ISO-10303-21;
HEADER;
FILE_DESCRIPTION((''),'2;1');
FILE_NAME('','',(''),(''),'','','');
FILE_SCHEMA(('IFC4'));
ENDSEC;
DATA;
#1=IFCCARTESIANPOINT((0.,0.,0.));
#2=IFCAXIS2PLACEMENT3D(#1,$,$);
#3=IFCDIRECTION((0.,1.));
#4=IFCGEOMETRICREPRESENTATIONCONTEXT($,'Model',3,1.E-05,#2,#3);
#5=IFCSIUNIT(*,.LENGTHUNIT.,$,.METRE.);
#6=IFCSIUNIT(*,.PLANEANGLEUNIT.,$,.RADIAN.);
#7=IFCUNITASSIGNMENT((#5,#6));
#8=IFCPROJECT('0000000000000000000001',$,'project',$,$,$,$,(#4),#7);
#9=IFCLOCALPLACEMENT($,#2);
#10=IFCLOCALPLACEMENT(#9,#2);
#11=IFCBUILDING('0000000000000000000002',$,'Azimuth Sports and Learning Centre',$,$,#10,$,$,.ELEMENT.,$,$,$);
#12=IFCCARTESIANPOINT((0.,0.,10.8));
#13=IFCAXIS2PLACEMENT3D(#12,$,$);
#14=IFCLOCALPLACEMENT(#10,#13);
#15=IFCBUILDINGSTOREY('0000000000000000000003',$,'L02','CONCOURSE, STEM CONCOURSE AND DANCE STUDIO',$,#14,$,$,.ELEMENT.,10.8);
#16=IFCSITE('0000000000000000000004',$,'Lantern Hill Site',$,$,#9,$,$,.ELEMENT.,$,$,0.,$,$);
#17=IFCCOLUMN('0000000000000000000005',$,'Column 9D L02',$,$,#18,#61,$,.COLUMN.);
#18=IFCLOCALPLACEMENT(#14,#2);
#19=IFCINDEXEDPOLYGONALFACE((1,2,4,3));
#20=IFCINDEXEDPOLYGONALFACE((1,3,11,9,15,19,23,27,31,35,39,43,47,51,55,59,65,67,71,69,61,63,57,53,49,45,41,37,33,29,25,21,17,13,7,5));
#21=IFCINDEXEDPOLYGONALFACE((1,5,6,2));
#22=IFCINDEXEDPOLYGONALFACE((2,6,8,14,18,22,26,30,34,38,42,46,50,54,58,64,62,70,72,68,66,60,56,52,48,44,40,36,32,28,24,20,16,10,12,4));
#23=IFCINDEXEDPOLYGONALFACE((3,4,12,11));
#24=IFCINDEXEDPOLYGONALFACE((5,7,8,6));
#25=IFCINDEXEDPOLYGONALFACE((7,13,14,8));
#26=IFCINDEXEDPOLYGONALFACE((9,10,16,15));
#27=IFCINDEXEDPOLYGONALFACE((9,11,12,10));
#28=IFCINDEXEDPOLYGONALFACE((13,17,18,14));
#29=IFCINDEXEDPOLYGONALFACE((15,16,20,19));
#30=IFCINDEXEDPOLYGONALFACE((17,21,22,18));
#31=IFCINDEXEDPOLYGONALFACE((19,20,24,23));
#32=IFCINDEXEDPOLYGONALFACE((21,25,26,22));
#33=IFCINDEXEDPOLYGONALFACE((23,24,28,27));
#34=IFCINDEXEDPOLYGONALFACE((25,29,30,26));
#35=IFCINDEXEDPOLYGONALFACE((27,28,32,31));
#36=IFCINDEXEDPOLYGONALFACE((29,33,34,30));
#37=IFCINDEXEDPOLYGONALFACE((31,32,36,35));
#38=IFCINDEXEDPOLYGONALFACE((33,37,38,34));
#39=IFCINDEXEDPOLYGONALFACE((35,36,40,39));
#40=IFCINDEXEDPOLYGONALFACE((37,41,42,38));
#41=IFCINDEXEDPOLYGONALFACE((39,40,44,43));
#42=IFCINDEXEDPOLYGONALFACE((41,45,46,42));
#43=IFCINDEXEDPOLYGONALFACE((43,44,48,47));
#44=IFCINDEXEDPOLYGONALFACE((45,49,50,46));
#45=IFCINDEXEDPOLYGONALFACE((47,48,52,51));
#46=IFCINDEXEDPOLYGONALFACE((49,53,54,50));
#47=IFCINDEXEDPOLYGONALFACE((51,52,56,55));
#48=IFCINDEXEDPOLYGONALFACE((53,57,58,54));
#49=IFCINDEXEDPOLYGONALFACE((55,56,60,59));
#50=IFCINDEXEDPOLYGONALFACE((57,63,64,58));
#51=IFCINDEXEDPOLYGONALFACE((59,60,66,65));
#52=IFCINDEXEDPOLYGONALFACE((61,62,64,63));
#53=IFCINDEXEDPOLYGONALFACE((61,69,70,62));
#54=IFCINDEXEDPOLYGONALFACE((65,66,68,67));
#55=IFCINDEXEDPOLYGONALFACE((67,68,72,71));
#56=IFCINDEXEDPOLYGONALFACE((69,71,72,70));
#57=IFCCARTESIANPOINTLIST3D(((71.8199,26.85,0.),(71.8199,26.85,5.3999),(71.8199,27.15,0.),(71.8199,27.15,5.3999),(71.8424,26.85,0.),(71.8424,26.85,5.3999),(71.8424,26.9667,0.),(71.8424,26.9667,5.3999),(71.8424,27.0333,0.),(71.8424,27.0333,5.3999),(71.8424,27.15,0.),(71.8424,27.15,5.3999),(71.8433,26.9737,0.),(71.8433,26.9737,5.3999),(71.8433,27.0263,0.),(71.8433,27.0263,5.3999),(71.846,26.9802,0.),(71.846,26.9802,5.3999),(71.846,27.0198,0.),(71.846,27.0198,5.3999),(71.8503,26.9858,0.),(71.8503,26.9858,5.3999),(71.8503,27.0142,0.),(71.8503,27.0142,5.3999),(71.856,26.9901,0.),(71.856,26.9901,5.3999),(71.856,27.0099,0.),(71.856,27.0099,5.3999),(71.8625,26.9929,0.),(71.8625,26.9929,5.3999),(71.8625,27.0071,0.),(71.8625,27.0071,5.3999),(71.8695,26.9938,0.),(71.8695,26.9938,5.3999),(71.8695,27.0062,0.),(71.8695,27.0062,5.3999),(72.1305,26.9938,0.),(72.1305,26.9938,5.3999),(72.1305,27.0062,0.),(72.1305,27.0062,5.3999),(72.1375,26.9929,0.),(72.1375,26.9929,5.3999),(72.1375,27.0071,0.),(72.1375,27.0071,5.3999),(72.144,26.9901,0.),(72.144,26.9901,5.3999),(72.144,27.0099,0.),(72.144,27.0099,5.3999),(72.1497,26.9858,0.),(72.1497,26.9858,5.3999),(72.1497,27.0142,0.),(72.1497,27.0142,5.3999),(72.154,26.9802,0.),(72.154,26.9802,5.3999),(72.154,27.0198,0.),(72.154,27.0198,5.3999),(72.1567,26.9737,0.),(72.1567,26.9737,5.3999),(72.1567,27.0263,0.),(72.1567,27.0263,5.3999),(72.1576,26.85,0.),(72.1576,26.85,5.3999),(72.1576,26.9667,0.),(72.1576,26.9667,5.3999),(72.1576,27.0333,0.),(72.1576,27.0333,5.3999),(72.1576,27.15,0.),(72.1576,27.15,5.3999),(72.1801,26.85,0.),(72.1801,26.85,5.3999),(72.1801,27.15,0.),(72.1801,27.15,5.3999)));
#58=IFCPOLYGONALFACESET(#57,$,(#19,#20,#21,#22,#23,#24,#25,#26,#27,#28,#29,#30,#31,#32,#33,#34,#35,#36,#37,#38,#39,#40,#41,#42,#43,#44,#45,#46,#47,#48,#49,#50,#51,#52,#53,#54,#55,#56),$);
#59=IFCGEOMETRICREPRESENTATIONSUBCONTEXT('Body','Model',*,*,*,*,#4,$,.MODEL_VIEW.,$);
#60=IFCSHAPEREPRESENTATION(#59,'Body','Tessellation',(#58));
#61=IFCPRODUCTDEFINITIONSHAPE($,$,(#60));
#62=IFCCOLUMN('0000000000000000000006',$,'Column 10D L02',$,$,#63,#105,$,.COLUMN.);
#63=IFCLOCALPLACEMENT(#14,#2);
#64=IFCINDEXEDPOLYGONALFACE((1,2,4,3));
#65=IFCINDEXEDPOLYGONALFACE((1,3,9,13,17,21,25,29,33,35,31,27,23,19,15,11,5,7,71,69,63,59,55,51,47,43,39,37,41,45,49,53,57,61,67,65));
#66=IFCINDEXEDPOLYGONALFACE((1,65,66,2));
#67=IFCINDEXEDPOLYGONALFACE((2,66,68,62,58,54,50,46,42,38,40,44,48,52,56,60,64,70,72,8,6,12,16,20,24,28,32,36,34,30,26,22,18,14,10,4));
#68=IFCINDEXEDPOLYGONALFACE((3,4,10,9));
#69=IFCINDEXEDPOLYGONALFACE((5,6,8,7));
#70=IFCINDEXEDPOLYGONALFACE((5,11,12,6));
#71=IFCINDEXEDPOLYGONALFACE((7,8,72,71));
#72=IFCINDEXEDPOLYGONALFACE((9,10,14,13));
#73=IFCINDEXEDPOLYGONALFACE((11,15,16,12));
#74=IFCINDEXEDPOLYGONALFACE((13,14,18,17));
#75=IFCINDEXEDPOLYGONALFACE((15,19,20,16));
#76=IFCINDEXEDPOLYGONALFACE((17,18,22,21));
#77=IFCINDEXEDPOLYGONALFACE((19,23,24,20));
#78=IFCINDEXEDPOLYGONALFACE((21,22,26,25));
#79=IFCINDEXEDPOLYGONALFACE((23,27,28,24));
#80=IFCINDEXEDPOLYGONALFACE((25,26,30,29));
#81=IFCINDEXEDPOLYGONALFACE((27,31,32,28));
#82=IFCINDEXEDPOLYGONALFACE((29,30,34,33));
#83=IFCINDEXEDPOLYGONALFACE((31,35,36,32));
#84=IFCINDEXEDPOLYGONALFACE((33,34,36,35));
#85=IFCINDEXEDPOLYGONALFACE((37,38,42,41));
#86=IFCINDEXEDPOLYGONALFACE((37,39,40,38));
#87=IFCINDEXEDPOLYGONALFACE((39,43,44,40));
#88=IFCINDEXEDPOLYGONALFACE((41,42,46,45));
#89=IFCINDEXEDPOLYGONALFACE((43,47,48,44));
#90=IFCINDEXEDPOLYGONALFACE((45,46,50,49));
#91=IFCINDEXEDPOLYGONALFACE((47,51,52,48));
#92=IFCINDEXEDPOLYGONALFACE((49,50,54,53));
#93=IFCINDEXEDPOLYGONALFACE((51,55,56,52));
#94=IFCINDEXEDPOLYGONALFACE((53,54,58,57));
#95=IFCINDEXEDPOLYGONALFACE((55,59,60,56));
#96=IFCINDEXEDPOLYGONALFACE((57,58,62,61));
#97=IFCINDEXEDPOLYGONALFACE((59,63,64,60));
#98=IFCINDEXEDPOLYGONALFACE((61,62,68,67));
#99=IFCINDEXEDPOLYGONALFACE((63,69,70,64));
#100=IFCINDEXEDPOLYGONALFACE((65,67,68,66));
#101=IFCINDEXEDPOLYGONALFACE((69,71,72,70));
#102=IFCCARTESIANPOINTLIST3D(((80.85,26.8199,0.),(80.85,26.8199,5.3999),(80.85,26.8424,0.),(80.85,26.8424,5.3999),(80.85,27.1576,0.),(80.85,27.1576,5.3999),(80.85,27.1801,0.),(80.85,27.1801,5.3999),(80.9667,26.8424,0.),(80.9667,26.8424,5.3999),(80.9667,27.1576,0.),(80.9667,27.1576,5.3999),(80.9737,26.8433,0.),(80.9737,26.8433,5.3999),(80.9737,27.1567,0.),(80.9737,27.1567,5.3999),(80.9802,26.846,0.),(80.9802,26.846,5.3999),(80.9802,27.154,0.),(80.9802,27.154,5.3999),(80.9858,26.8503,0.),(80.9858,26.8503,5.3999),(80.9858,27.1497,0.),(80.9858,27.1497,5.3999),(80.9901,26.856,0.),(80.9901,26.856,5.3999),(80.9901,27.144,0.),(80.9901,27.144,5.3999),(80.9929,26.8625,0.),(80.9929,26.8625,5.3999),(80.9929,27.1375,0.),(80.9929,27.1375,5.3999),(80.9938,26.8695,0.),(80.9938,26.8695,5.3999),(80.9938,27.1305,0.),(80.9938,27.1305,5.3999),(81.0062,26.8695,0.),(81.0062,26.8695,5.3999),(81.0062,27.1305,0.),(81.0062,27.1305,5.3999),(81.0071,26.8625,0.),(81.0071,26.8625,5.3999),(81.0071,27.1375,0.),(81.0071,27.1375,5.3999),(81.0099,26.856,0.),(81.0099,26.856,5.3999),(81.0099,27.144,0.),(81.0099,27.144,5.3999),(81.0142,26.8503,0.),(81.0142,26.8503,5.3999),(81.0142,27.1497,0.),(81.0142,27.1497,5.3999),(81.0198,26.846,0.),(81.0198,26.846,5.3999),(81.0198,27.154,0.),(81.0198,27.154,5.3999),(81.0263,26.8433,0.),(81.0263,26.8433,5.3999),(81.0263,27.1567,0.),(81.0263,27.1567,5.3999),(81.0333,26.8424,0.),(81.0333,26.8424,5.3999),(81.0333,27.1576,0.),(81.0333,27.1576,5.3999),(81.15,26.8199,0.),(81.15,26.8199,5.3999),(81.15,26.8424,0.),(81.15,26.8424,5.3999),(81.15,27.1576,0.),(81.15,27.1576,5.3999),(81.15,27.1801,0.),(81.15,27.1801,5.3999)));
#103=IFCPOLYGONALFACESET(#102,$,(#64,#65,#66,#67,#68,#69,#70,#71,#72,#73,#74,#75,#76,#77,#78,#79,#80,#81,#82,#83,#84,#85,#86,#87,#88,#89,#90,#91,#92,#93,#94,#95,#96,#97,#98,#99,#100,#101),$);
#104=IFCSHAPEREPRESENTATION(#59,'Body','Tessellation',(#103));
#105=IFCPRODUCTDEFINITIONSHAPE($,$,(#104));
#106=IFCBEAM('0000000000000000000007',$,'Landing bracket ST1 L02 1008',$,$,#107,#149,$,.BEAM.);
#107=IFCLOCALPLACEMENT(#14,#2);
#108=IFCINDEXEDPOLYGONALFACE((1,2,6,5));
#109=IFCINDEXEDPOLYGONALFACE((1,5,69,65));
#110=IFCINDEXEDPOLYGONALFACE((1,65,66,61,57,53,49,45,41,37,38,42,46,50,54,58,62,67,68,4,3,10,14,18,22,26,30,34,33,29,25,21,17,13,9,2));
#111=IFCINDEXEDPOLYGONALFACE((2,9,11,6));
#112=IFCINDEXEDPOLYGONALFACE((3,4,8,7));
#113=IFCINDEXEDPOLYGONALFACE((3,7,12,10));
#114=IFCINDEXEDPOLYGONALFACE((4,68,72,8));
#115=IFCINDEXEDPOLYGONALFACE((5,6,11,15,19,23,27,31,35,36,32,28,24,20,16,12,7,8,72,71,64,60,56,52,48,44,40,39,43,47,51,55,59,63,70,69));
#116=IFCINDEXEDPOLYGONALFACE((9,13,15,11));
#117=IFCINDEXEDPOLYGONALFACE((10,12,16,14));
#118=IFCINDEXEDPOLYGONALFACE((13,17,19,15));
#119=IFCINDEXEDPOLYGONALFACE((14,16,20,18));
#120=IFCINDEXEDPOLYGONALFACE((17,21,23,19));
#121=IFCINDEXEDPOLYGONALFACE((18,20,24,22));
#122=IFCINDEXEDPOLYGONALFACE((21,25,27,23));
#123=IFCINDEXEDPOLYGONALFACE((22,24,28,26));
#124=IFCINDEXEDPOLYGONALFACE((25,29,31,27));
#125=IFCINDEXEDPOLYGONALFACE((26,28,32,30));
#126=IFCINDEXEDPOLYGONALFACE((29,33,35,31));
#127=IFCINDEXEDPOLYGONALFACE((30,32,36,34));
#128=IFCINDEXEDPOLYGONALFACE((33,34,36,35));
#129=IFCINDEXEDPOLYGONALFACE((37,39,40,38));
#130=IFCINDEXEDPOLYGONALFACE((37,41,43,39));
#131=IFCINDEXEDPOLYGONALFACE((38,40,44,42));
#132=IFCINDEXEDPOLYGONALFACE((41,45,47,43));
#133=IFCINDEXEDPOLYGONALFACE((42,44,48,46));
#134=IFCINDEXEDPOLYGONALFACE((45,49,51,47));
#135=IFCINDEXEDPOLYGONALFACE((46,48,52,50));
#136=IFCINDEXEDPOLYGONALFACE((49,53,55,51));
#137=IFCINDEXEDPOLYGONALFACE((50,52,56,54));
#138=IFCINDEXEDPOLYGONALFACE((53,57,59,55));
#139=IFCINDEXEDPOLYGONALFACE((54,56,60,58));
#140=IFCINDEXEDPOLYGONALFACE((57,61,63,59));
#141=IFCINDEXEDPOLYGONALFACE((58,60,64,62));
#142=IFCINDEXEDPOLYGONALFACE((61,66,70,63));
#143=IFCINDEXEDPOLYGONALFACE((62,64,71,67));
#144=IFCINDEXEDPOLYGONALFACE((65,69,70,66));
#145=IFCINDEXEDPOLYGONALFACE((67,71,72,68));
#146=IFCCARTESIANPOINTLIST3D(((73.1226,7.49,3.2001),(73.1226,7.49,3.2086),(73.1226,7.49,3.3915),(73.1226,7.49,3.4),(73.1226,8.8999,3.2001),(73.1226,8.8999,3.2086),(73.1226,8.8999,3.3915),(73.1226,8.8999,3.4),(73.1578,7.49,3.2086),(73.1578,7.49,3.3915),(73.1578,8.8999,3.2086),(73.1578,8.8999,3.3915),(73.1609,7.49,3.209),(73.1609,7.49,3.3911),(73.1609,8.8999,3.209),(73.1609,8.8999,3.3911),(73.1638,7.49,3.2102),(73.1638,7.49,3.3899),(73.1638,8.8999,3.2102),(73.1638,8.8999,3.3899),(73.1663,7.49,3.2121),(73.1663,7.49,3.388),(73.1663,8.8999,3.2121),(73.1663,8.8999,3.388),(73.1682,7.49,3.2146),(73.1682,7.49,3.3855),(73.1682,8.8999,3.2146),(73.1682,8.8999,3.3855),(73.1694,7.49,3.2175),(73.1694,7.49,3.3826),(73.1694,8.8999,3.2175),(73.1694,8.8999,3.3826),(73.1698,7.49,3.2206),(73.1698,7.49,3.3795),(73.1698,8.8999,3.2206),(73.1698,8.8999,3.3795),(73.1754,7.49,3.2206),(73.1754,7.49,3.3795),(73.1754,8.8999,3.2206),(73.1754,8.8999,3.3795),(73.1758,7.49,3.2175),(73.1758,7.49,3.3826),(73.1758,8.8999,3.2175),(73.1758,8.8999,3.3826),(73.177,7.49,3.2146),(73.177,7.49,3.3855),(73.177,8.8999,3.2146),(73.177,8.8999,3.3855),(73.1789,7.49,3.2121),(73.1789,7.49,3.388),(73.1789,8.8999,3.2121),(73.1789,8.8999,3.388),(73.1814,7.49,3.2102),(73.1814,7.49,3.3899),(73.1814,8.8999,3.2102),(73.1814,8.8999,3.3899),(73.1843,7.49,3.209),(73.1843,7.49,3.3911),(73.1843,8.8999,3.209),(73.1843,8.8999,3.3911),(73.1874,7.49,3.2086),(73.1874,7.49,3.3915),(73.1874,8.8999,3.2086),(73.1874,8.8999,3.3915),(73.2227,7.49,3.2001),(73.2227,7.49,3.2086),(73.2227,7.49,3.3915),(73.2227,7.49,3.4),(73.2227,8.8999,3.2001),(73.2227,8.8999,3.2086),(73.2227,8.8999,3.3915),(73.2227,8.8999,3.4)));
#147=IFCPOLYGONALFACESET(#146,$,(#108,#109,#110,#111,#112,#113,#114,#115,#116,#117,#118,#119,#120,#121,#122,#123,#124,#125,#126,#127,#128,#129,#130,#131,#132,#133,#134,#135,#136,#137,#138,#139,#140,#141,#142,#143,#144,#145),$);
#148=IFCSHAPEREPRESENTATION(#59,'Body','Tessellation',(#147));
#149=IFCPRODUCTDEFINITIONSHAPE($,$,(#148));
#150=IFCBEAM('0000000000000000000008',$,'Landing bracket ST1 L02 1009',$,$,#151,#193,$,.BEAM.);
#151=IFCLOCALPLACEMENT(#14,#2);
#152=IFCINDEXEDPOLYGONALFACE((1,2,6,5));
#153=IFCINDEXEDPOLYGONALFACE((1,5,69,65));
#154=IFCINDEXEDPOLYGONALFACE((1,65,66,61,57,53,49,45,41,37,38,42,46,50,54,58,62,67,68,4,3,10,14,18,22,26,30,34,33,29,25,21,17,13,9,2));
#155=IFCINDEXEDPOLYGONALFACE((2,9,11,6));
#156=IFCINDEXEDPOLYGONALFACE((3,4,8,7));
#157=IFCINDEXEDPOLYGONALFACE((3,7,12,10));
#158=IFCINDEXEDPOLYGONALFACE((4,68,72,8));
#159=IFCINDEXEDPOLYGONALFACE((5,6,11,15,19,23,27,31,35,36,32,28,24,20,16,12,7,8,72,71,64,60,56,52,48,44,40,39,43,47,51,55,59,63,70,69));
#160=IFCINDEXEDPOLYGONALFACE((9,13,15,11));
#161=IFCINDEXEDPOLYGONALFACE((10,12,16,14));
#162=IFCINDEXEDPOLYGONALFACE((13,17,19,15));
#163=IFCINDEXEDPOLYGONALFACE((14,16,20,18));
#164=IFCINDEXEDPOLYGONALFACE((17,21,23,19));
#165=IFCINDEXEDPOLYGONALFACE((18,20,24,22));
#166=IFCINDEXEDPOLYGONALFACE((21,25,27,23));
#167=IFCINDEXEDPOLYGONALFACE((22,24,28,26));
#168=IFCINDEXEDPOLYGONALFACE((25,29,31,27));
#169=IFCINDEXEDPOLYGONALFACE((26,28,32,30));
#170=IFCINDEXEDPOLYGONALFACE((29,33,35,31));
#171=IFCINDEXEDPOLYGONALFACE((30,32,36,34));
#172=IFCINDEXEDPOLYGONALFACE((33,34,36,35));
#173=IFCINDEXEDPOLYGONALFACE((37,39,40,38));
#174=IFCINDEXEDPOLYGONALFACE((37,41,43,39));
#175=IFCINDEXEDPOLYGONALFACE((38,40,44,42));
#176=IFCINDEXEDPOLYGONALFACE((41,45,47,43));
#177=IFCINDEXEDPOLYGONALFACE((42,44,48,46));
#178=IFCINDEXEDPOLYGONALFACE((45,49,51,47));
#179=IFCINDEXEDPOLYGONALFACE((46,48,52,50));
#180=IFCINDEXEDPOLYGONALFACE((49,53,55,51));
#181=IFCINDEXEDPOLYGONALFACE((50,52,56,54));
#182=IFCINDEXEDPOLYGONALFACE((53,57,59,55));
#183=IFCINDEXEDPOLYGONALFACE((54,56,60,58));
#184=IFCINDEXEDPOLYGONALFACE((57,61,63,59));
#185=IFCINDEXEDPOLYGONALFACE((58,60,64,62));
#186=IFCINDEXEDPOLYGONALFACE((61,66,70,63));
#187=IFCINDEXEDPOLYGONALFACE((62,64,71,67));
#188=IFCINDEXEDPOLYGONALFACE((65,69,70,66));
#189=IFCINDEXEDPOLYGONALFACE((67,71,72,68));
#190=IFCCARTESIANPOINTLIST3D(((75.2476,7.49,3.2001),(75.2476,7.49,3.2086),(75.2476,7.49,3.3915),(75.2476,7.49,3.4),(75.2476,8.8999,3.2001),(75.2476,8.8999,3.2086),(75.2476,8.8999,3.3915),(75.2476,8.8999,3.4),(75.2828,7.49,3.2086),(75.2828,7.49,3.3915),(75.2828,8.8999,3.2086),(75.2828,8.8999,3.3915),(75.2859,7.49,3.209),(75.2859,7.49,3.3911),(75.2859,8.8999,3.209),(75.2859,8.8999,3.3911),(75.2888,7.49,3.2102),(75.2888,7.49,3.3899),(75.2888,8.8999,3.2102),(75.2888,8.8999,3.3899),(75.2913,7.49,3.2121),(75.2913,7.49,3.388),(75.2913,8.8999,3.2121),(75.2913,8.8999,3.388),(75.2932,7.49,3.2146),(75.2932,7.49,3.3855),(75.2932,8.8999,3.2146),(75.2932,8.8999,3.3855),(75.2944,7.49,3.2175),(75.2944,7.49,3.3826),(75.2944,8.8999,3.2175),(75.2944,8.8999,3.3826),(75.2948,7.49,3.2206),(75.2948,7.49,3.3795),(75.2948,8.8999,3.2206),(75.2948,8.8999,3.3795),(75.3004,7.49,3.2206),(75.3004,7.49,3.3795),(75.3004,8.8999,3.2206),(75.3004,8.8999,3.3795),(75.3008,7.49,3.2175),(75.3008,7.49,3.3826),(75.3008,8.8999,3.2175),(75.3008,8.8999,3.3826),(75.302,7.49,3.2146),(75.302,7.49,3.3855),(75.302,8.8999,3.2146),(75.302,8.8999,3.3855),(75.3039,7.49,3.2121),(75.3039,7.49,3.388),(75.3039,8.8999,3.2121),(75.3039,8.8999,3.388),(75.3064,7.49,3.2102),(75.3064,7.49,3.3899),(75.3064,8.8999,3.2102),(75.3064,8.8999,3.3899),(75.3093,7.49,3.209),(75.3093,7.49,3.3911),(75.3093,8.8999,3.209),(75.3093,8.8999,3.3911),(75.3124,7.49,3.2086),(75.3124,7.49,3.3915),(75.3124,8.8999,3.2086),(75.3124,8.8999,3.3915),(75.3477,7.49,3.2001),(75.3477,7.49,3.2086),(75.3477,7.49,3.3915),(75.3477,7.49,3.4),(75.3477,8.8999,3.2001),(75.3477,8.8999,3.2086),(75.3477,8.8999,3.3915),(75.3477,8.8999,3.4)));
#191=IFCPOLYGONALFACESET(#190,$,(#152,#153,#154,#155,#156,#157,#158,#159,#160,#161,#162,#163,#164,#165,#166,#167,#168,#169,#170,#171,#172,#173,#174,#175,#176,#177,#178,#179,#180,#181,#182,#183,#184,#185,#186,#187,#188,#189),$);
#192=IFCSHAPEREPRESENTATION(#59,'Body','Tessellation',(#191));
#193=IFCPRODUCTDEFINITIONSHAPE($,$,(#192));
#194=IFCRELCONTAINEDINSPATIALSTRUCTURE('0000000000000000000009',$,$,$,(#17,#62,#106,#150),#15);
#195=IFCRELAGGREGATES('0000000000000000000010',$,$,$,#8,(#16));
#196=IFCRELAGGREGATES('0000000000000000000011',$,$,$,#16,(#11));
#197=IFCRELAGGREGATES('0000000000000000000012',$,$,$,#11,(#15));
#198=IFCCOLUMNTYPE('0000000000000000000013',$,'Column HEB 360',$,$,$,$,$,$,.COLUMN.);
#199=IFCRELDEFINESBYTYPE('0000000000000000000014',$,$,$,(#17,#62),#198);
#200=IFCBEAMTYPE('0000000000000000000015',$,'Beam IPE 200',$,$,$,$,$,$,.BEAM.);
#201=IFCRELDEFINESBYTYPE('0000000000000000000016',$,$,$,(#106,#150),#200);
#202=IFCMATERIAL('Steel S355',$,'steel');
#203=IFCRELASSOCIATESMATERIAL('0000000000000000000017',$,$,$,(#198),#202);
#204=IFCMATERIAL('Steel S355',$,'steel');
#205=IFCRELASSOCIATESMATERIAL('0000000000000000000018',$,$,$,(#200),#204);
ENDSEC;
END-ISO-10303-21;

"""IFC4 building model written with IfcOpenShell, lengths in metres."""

from ifc_helpers import new_model, si_unit, direction, frame, origin, origin_2d, place, context, subcontext, project, spatial, i_section, extrude, material, material_profile, profile_set, type_object, element, save


model = new_model("IFC4")

# Units and contexts
model_context = context("Model", 3, precision=1e-05, world=origin(), true_north=direction((0.0, 1.0)))
body_context = subcontext(model_context, "Body", "Model", "MODEL_VIEW")
ifc_project = project(units=[si_unit("LENGTHUNIT", "METRE"), si_unit("PLANEANGLEUNIT", "RADIAN")], contexts=[model_context])

# Site, building, storey
site_placement = place(None, origin())
site = spatial("IfcSite", under=ifc_project, at=site_placement, Name="Lantern Hill Site", CompositionType="ELEMENT", RefElevation=0.0)
building_placement = place(site_placement, origin())
building = spatial("IfcBuilding", under=site, at=building_placement, Name="Azimuth Sports and Learning Centre", CompositionType="ELEMENT")
storey_placement = place(building_placement, frame((0.0, 0.0, 10.8)))
storey = spatial("IfcBuildingStorey", under=building, at=storey_placement, Name="L02", Description="CONCOURSE, STEM CONCOURSE AND DANCE STUDIO", CompositionType="ELEMENT", Elevation=10.8)

# Columns
ifc_material_1 = material(Name="Steel S355", Category="steel")
ifc_material_profile_1 = material_profile(ifc_material_1, i_section(OverallWidth=0.3, OverallDepth=0.3601, WebThickness=0.0125, FlangeThickness=0.0225, FilletRadius=0.0271, at=origin_2d()), Name="HEB 360")
ifc_profile_set_1 = profile_set([ifc_material_profile_1], Name="Steel S355")
column_type = type_object("IfcColumnType", Name="Column HEB 360", PredefinedType="COLUMN", material=ifc_profile_set_1)
for number, where, z_axis, x_axis, name in (
    (1, (72.0, 27.0, 0.0), (0.0, 0.0, 1.0), (0.0, 1.0, 0.0), "Column 9D L02"),
    (2, (81.0, 27.0, 0.0), (0.0, 0.0, 1.0), (1.0, 0.0, 0.0), "Column 10D L02"),
):
    element("IfcColumn", number, at=place(storey_placement, frame(where, z_axis=z_axis, x_axis=x_axis)), inside=storey, type_object=column_type, Name=name, PredefinedType="COLUMN", context=body_context, shape_type="SweptSolid", body=[
        extrude(i_section(OverallWidth=0.3, OverallDepth=0.3601, WebThickness=0.0125, FlangeThickness=0.0225, FilletRadius=0.0271, at=origin_2d()), origin(), (0.0, 0.0, 1.0), 5.3999),
    ])

# Beams
ifc_material_2 = material(Name="Steel S355", Category="steel")
ifc_material_profile_2 = material_profile(ifc_material_2, i_section(OverallWidth=0.1001, OverallDepth=0.2, WebThickness=0.0056, FlangeThickness=0.0085, FilletRadius=0.012, at=origin_2d()), Name="IPE 200")
ifc_profile_set_2 = profile_set([ifc_material_profile_2], Name="Steel S355")
beam_type_1 = type_object("IfcBeamType", Name="Beam IPE 200", PredefinedType="BEAM", material=ifc_profile_set_2)
for number, where, z_axis, x_axis, name in (
    (3, (73.1726, 8.8999, 3.3), (0.0, -1.0, 0.0), (1.0, 0.0, 0.0), "Landing bracket ST1 L02 1008"),
    (4, (75.2976, 8.8999, 3.3), (0.0, -1.0, 0.0), (1.0, 0.0, 0.0), "Landing bracket ST1 L02 1009"),
):
    element("IfcBeam", number, at=place(storey_placement, frame(where, z_axis=z_axis, x_axis=x_axis)), inside=storey, type_object=beam_type_1, Name=name, PredefinedType="BEAM", context=body_context, shape_type="SweptSolid", body=[
        extrude(i_section(OverallWidth=0.1001, OverallDepth=0.2, WebThickness=0.0056, FlangeThickness=0.0085, FilletRadius=0.012, at=origin_2d()), origin(), (0.0, 0.0, 1.0), 1.4099),
    ])

save(model, "model.ifc")
